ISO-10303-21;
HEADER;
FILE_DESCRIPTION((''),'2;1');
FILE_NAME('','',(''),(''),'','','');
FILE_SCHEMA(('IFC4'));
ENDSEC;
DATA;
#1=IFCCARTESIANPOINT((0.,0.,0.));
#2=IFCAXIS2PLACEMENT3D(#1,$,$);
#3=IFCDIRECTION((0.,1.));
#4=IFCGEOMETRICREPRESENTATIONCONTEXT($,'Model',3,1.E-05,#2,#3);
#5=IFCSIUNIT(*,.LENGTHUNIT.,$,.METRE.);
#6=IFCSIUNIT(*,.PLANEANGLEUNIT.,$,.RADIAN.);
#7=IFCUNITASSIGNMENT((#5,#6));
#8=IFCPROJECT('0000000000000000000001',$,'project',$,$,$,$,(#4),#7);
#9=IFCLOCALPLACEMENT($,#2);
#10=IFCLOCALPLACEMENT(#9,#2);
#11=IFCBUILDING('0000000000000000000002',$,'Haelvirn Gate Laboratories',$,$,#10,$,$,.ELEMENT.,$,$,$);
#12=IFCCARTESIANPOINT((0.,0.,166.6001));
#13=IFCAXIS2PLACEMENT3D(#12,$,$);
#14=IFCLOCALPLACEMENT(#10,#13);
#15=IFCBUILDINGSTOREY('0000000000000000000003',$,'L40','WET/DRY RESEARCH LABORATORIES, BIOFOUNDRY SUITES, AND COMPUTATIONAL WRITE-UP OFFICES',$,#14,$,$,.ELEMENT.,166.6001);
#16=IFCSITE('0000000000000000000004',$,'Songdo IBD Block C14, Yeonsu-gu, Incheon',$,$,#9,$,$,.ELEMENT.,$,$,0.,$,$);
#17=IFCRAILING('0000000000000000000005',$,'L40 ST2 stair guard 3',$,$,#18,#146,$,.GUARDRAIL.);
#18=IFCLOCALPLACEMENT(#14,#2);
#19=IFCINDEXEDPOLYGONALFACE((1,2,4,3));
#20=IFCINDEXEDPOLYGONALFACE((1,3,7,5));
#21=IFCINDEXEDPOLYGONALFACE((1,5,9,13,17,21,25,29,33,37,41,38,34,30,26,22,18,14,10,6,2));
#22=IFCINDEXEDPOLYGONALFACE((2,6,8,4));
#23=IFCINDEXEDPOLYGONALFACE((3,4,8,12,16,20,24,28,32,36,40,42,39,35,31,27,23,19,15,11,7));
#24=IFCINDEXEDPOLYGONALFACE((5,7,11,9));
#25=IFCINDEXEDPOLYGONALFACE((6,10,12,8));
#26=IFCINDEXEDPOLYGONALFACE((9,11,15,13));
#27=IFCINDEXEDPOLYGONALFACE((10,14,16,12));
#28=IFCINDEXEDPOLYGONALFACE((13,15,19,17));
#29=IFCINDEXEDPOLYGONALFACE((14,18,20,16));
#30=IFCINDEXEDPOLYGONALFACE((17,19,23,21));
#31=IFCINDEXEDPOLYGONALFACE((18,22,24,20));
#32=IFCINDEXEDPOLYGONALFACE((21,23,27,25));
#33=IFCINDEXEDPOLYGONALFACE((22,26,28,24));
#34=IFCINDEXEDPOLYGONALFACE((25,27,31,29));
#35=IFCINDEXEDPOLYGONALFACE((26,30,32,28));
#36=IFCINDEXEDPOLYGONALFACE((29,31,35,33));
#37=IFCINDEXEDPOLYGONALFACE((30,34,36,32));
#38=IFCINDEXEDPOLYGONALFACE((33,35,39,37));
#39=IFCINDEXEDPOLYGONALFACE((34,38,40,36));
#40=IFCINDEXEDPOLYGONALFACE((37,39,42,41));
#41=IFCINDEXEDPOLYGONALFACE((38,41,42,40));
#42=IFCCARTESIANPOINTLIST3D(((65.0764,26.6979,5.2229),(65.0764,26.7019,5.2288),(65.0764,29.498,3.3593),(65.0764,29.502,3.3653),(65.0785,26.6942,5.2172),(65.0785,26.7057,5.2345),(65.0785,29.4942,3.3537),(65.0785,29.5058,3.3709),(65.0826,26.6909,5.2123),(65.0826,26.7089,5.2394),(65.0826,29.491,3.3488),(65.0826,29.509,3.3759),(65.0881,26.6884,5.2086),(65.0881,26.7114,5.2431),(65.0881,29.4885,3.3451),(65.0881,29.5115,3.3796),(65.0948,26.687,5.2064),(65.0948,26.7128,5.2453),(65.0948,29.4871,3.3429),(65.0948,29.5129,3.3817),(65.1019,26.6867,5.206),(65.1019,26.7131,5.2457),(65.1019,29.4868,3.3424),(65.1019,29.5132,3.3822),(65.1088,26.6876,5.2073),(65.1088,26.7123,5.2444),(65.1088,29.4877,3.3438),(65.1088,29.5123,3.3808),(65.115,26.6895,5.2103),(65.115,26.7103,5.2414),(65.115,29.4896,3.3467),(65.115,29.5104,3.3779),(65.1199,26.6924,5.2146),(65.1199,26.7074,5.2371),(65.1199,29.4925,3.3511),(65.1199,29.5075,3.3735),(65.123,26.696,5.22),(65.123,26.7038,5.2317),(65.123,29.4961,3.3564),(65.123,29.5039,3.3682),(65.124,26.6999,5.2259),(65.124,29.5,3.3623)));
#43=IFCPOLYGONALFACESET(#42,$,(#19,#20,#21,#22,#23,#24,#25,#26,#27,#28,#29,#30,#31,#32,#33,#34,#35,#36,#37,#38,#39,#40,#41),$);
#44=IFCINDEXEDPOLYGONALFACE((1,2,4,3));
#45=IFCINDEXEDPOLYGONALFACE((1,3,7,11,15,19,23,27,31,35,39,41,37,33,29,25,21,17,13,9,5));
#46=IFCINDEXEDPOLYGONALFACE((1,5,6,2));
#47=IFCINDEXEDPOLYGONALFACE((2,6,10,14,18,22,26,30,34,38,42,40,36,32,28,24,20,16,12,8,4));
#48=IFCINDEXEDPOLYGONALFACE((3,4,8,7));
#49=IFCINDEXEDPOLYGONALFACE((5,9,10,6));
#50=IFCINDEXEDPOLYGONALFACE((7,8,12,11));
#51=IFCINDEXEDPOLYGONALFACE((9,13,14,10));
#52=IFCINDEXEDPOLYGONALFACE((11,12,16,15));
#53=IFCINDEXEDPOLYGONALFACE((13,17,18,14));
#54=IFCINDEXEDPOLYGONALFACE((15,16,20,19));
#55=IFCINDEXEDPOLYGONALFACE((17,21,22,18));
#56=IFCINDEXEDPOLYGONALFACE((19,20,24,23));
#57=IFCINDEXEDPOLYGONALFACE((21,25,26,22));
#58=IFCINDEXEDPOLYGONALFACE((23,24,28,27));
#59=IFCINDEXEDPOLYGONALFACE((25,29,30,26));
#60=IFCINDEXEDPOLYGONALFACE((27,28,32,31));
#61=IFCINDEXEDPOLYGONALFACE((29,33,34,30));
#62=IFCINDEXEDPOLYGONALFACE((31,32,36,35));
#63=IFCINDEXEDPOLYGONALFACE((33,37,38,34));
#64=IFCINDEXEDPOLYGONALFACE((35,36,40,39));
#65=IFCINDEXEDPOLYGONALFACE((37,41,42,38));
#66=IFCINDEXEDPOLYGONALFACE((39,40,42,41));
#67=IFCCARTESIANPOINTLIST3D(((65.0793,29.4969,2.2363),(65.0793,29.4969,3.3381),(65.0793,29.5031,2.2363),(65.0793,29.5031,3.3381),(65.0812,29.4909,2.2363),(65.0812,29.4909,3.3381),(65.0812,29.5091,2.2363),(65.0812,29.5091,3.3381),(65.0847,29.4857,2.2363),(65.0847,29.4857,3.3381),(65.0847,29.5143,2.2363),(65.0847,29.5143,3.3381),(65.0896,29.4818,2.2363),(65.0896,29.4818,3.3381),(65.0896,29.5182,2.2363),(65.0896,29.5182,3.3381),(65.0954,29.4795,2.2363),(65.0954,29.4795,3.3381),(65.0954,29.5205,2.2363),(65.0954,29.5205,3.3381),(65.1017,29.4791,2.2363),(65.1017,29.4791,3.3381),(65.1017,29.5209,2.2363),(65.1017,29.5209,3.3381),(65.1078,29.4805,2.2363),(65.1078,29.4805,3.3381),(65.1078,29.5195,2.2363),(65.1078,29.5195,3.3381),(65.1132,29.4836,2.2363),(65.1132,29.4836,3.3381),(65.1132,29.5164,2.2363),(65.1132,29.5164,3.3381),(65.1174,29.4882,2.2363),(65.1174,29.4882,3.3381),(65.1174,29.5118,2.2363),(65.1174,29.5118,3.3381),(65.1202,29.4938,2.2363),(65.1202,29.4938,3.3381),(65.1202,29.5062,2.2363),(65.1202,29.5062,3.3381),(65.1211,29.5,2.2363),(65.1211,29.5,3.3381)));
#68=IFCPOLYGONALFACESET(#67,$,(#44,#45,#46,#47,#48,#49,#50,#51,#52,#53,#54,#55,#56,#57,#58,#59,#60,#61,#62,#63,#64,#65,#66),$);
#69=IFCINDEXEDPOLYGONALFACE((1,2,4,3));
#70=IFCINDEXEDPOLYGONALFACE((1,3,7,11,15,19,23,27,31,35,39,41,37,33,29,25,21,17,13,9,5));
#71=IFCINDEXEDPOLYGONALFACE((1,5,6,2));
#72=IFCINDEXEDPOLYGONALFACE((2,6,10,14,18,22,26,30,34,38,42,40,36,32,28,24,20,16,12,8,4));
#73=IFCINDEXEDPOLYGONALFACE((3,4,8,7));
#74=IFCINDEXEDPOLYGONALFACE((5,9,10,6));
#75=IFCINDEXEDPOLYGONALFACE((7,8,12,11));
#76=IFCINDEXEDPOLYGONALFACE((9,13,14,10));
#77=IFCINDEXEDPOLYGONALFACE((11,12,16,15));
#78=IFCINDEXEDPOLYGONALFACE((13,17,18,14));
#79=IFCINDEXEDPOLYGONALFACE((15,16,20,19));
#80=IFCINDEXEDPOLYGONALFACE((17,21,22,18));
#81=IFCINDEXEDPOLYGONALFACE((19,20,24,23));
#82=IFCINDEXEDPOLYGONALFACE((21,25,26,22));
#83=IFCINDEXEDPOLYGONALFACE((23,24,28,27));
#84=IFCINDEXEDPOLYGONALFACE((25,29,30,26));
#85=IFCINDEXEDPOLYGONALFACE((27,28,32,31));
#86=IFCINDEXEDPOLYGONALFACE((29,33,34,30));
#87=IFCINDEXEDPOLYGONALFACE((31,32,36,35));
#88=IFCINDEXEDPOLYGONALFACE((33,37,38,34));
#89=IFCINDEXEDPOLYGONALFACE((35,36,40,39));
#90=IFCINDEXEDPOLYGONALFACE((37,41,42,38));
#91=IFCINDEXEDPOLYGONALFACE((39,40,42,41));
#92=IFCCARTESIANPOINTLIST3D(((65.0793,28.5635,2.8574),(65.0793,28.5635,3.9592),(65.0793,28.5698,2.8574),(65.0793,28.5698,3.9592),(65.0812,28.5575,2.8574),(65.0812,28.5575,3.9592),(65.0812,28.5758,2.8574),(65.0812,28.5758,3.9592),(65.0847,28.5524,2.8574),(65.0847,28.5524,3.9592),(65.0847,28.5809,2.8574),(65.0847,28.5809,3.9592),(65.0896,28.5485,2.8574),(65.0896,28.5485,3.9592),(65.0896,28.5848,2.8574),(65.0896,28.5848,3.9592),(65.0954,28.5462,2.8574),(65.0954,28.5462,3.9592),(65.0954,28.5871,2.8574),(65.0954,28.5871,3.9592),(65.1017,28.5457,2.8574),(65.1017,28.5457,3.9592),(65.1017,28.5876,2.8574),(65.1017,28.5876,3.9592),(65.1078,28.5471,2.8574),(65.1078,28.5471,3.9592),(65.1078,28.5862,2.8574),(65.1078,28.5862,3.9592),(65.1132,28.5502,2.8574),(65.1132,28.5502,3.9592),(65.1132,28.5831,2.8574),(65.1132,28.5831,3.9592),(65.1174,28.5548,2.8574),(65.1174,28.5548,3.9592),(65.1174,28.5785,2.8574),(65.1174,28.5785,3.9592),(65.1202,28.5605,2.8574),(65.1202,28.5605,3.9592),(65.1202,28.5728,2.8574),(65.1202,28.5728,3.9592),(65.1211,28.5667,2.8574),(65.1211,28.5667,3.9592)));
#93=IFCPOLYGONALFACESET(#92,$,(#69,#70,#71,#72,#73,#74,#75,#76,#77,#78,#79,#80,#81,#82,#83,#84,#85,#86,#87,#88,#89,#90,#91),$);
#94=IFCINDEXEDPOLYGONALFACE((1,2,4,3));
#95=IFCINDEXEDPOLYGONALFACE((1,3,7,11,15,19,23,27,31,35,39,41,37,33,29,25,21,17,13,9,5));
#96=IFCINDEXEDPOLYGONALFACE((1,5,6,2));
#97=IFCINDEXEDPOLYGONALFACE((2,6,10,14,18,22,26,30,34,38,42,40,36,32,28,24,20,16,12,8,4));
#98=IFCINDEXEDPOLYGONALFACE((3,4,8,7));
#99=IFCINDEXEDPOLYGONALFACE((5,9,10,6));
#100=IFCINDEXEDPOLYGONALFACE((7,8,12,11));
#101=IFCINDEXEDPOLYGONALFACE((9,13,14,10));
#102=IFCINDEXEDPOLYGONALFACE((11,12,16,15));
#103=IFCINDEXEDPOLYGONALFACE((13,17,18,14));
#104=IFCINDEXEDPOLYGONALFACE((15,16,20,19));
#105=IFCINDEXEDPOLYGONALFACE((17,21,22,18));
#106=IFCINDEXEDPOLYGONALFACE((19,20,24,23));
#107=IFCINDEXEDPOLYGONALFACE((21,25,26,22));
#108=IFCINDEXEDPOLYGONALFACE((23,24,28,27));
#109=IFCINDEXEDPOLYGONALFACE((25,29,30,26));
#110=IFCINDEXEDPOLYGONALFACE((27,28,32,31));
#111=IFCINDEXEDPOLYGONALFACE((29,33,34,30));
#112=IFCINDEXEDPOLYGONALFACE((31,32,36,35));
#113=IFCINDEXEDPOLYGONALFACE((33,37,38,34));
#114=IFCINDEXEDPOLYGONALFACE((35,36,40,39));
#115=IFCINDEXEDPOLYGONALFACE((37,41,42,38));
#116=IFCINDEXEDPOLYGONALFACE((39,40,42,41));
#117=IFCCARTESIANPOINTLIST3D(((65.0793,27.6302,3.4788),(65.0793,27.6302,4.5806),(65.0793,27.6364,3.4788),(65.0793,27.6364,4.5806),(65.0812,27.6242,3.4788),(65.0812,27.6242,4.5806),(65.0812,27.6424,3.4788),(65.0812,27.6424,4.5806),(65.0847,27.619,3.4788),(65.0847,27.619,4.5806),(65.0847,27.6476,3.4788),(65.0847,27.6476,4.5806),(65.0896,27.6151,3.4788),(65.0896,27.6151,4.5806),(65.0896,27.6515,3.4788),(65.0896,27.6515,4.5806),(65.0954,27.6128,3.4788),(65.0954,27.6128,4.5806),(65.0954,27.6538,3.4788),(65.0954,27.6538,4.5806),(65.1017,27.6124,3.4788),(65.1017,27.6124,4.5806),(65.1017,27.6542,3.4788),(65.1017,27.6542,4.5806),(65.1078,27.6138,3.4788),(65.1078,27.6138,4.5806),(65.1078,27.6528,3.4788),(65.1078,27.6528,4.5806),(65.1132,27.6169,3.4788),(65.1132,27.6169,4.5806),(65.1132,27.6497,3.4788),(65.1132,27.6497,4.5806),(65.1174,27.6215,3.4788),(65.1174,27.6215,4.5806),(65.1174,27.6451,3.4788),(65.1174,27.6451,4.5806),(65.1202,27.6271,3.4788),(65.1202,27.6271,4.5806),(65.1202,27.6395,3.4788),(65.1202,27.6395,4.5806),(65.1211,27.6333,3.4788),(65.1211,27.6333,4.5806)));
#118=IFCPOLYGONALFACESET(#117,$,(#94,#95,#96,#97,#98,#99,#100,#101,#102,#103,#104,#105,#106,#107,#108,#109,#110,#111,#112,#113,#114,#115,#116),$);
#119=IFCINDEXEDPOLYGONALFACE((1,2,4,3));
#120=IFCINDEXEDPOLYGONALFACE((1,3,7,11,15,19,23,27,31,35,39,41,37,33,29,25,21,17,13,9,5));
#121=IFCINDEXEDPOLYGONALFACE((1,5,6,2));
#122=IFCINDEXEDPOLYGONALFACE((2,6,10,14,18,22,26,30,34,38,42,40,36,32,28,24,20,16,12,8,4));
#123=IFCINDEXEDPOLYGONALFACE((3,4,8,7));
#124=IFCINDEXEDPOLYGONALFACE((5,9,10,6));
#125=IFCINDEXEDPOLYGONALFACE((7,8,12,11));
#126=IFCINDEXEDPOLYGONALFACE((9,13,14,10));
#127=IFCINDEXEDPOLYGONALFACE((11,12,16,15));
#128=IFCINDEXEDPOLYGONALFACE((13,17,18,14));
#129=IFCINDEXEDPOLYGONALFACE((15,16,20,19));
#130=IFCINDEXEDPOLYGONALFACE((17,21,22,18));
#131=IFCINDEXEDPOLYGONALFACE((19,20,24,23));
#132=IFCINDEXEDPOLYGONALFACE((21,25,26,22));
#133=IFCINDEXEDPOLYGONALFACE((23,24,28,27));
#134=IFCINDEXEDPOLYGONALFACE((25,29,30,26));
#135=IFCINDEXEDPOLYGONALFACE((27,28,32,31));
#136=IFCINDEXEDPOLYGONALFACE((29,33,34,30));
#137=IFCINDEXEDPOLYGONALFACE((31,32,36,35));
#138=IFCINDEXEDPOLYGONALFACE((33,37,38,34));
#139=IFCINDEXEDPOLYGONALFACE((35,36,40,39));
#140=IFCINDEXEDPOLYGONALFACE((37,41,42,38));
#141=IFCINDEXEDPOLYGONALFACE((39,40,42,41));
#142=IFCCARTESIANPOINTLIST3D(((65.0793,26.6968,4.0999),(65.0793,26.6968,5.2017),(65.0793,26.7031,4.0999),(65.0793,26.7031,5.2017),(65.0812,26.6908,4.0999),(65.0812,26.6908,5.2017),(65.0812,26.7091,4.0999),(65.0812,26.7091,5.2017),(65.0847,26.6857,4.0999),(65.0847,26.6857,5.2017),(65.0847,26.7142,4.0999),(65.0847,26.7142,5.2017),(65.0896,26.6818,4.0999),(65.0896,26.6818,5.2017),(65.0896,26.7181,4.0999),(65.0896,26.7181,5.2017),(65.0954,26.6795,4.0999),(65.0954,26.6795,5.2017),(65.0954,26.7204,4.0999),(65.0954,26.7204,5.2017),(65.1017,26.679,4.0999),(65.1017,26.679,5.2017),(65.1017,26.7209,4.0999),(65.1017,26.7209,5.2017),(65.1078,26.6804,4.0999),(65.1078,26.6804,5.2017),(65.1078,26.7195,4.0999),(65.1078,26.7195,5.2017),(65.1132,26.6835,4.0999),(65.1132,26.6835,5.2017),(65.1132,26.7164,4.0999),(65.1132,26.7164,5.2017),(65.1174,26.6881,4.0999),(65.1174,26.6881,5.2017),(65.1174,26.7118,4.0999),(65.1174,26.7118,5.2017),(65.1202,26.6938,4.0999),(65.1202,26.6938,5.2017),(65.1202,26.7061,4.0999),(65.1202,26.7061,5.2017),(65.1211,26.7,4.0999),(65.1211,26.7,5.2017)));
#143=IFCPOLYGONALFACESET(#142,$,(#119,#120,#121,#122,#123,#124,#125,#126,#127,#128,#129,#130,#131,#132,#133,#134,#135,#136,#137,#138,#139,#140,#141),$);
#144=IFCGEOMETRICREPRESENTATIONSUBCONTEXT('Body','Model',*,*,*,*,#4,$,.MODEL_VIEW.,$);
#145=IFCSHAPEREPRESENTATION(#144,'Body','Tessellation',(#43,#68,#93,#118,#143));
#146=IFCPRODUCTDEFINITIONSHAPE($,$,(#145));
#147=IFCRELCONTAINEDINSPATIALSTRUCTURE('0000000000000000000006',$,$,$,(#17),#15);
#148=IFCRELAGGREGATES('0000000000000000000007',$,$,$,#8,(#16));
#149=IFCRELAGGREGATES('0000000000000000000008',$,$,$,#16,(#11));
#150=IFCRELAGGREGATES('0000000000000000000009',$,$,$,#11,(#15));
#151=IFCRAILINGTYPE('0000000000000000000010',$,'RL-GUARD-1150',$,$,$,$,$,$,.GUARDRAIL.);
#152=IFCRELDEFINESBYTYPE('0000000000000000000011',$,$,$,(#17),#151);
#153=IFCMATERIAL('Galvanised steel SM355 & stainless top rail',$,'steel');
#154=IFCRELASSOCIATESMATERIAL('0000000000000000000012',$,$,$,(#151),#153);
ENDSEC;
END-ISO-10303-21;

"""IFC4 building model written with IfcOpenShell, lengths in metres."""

from ifc_helpers import new_model, si_unit, direction, frame, origin, origin_2d, place, context, subcontext, project, spatial, circle, extrude, source, transform, mapped, material, type_object, element, save


model = new_model("IFC4")

# Units and contexts
model_context = context("Model", 3, precision=1e-05, world=origin(), true_north=direction((0.0, 1.0)))
body_context = subcontext(model_context, "Body", "Model", "MODEL_VIEW")
ifc_project = project(units=[si_unit("LENGTHUNIT", "METRE"), si_unit("PLANEANGLEUNIT", "RADIAN")], contexts=[model_context])

# Site, building, storey
site_placement = place(None, origin())
site = spatial("IfcSite", under=ifc_project, at=site_placement, Name="Songdo IBD Block C14, Yeonsu-gu, Incheon", CompositionType="ELEMENT", RefElevation=0.0)
building_placement = place(site_placement, origin())
building = spatial("IfcBuilding", under=site, at=building_placement, Name="Haelvirn Gate Laboratories", CompositionType="ELEMENT")
storey_placement = place(building_placement, frame((0.0, 0.0, 166.6001)))
storey = spatial("IfcBuildingStorey", under=building, at=storey_placement, Name="L40", Description="WET/DRY RESEARCH LABORATORIES, BIOFOUNDRY SUITES, AND COMPUTATIONAL WRITE-UP OFFICES", CompositionType="ELEMENT", Elevation=166.6001)

# Railing
ifc_material_1 = material(Name="Galvanised steel SM355 & stainless top rail", Category="steel")
railing_type_1 = type_object("IfcRailingType", Name="RL-GUARD-1150", PredefinedType="GUARDRAIL", material=ifc_material_1)
shared_shape_1 = source(origin(), body_context, "Body", "SweptSolid", [
    extrude(circle(Radius=0.0239, at=origin_2d()), frame((0.0, 0.0, 1.126), z_axis=(0.0, -0.832486, 0.554047), x_axis=(1.0, 0.0, 0.0)), (0.0, 0.0, 1.0), 3.3635),
    extrude(circle(Radius=0.021, at=origin_2d()), origin(), (0.0, 0.0, 1.0), 1.1018),
    extrude(circle(Radius=0.021, at=origin_2d()), frame((0.0, -0.9333, 0.6211)), (0.0, 0.0, 1.0), 1.1018),
    extrude(circle(Radius=0.021, at=origin_2d()), frame((0.0, -1.8667, 1.2424)), (0.0, 0.0, 1.0), 1.1018),
    extrude(circle(Radius=0.021, at=origin_2d()), frame((0.0, -2.8, 1.8635)), (0.0, 0.0, 1.0), 1.1018),
])
railing_1_placement = place(storey_placement, frame((65.1001, 29.5, 2.2363)))
element("IfcRailing", 1, at=railing_1_placement, inside=storey, type_object=railing_type_1, Name="L40 ST2 stair guard 3", PredefinedType="GUARDRAIL", context=body_context, shape_type="MappedRepresentation", body=[
    mapped(shared_shape_1, transform((0.0, 0.0, 0.0), scale=1.0)),
])

save(model, "model.ifc")
